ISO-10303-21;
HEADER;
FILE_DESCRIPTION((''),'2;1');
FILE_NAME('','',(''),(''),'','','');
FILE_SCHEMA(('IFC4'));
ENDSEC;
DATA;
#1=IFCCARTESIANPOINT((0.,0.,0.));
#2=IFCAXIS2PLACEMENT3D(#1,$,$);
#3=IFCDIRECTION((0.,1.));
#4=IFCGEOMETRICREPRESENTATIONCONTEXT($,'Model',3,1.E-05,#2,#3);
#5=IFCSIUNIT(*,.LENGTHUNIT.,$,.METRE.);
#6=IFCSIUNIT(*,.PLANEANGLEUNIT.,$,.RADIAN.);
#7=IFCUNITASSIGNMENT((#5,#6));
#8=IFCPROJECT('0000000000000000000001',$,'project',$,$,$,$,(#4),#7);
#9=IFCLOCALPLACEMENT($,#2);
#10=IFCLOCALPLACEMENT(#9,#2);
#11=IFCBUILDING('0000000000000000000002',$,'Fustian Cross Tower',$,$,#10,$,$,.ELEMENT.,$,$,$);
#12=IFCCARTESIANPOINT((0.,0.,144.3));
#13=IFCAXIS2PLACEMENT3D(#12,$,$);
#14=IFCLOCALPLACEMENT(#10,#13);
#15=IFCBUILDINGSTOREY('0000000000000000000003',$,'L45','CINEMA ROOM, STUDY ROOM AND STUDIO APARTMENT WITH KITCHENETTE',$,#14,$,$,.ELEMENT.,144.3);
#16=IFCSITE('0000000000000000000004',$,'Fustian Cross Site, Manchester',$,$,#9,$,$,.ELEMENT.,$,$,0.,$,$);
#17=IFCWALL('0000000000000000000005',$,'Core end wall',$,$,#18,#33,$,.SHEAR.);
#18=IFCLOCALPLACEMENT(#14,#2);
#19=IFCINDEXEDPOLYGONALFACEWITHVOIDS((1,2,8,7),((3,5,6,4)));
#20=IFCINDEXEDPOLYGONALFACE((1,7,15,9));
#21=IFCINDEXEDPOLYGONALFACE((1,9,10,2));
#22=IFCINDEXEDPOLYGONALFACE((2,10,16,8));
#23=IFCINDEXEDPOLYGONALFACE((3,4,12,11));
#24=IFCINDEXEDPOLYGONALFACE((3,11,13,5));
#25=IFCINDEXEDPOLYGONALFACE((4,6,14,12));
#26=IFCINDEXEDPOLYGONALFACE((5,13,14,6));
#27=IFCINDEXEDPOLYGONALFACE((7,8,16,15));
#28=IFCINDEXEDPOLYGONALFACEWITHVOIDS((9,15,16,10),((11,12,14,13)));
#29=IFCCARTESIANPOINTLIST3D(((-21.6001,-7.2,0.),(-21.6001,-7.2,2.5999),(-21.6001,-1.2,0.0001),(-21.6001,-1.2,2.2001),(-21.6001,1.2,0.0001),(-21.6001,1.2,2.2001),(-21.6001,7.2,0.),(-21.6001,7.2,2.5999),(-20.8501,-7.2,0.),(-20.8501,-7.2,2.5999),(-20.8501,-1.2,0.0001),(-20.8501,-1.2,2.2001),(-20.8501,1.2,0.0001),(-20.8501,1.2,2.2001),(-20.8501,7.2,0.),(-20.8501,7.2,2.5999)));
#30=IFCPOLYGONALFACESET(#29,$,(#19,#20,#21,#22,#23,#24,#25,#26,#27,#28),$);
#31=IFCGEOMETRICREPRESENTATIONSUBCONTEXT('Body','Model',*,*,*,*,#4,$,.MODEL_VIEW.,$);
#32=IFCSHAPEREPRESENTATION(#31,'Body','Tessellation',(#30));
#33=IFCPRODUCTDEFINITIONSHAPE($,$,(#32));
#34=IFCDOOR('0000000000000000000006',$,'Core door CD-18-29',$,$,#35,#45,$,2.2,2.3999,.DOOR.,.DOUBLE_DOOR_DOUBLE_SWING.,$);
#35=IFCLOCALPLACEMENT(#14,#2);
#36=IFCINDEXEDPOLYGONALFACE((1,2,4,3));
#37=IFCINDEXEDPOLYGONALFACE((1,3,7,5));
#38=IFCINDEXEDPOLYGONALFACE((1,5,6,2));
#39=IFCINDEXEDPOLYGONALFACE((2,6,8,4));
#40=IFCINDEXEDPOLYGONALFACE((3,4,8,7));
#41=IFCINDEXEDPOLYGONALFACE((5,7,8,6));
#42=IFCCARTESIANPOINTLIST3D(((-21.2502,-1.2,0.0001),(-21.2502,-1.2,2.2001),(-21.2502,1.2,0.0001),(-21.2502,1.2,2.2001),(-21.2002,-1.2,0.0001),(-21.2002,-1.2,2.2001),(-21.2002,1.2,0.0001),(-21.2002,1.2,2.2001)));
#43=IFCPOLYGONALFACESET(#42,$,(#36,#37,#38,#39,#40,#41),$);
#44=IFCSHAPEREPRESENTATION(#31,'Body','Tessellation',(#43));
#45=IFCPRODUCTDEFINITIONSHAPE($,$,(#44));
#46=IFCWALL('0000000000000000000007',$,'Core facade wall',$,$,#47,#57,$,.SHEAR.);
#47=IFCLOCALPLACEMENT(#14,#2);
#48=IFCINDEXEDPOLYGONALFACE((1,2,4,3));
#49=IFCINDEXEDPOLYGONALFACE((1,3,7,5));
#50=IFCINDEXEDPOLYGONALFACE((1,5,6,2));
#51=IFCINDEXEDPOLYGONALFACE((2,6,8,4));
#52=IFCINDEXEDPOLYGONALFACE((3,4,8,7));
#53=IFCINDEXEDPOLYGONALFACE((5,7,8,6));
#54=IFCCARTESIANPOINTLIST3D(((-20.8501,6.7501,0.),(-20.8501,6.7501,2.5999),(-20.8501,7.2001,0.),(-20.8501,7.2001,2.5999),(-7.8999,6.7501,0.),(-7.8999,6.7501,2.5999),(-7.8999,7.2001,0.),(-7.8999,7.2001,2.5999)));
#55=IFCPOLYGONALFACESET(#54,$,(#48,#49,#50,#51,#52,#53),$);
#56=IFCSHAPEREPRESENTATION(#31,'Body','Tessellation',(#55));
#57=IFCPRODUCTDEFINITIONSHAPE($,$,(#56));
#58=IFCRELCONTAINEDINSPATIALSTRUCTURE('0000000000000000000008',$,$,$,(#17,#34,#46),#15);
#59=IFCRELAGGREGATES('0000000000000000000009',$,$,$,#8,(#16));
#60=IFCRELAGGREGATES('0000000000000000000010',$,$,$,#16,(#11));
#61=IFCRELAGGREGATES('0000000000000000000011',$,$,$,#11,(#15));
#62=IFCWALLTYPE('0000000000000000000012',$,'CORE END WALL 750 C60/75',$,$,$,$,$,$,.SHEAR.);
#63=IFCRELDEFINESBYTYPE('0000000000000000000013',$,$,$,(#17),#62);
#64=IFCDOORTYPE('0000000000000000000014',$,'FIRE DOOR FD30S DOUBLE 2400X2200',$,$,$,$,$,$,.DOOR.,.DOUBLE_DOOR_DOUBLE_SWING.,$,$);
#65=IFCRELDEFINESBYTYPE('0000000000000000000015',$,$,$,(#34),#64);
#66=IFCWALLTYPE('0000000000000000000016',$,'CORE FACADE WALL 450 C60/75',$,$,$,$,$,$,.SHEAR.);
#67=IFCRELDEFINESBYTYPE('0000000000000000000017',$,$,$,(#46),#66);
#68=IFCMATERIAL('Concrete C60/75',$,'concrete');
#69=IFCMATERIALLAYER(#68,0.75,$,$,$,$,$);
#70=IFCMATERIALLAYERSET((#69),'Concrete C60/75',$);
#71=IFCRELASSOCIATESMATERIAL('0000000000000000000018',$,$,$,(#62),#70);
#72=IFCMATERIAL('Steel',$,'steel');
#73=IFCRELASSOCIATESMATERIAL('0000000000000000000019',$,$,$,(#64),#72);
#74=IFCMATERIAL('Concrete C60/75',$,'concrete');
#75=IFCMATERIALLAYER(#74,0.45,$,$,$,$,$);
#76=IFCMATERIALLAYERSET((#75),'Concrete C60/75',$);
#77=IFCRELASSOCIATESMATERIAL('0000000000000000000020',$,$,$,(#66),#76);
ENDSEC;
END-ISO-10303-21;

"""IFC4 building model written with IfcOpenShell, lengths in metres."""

from ifc_helpers import new_model, si_unit, direction, frame, frame_2d, origin, place, context, subcontext, project, spatial, rectangle, extrude, material, layer, layer_set, type_object, element, fill, save


model = new_model("IFC4")

# Units and contexts
model_context = context("Model", 3, precision=1e-05, world=origin(), true_north=direction((0.0, 1.0)))
body_context = subcontext(model_context, "Body", "Model", "MODEL_VIEW")
ifc_project = project(units=[si_unit("LENGTHUNIT", "METRE"), si_unit("PLANEANGLEUNIT", "RADIAN")], contexts=[model_context])

# Site, building, storey
site_placement = place(None, origin())
site = spatial("IfcSite", under=ifc_project, at=site_placement, Name="Fustian Cross Site, Manchester", CompositionType="ELEMENT", RefElevation=0.0)
building_placement = place(site_placement, origin())
building = spatial("IfcBuilding", under=site, at=building_placement, Name="Fustian Cross Tower", CompositionType="ELEMENT")
storey_placement = place(building_placement, frame((0.0, 0.0, 144.3)))
storey = spatial("IfcBuildingStorey", under=building, at=storey_placement, Name="L45", Description="CINEMA ROOM, STUDY ROOM AND STUDIO APARTMENT WITH KITCHENETTE", CompositionType="ELEMENT", Elevation=144.3)

# Wall, opening, door
ifc_material_1 = material(Name="Concrete C60/75", Category="concrete")
ifc_layer_1 = layer(ifc_material_1, 0.75)
ifc_layer_set_1 = layer_set([ifc_layer_1], Name="Concrete C60/75")
wall_type_1 = type_object("IfcWallType", Name="CORE END WALL 750 C60/75", PredefinedType="SHEAR", material=ifc_layer_set_1)
wall_1_placement = place(storey_placement, frame((-21.2251, -7.2, 0.0), z_axis=(0.0, 0.0, 1.0), x_axis=(0.0, 1.0, 0.0)))
wall_1 = element("IfcWall", 1, at=wall_1_placement, inside=storey, type_object=wall_type_1, Name="Core end wall", PredefinedType="SHEAR", context=body_context, shape_type="SweptSolid", body=[
    extrude(rectangle(XDim=14.3999, YDim=0.75, at=frame_2d((7.2, 0.0))), origin(), (0.0, 0.0, 1.0), 2.5999),
])
opening_1_placement = place(wall_1_placement, frame((6.0, 0.0, 0.0)))
opening_1 = element("IfcOpeningElement", 2, at=opening_1_placement, cuts=wall_1, PredefinedType="OPENING", context=body_context, shape_type="SweptSolid", body=[
    extrude(rectangle(XDim=2.3999, YDim=2.2, at=frame_2d((1.2, 1.1001))), frame((0.0, 0.385, 0.0), z_axis=(0.0, -1.0, 0.0), x_axis=(1.0, 0.0, 0.0)), (0.0, 0.0, 1.0), 0.77),
])
ifc_material_2 = material(Name="Steel", Category="steel")
door_type_1 = type_object("IfcDoorType", Name="FIRE DOOR FD30S DOUBLE 2400X2200", OperationType="DOUBLE_DOOR_DOUBLE_SWING", PredefinedType="DOOR", material=ifc_material_2)
door_1_placement = place(opening_1_placement, frame((2.3999, 0.0, 0.0), z_axis=(0.0, 0.0, 1.0), x_axis=(-1.0, 0.0, 0.0)))
door_1 = element("IfcDoor", 3, at=door_1_placement, inside=storey, type_object=door_type_1, Name="Core door CD-18-29", OperationType="DOUBLE_DOOR_DOUBLE_SWING", OverallHeight=2.2, OverallWidth=2.3999, PredefinedType="DOOR", context=body_context, shape_type="SweptSolid", body=[
    extrude(rectangle(XDim=2.3999, YDim=2.2, at=frame_2d((1.2, 1.1001))), frame((0.0, 0.0249, 0.0), z_axis=(0.0, -1.0, 0.0), x_axis=(1.0, 0.0, 0.0)), (0.0, 0.0, 1.0), 0.05),
])
fill(opening_1, door_1)

# Wall
ifc_material_3 = material(Name="Concrete C60/75", Category="concrete")
ifc_layer_2 = layer(ifc_material_3, 0.45)
ifc_layer_set_2 = layer_set([ifc_layer_2], Name="Concrete C60/75")
wall_type_2 = type_object("IfcWallType", Name="CORE FACADE WALL 450 C60/75", PredefinedType="SHEAR", material=ifc_layer_set_2)
wall_2_placement = place(storey_placement, frame((-7.8999, 6.9751, 0.0), z_axis=(0.0, 0.0, 1.0), x_axis=(-1.0, 0.0, 0.0)))
element("IfcWall", 4, at=wall_2_placement, inside=storey, type_object=wall_type_2, Name="Core facade wall", PredefinedType="SHEAR", context=body_context, shape_type="SweptSolid", body=[
    extrude(rectangle(XDim=12.9502, YDim=0.45, at=frame_2d((6.4751, 0.0))), origin(), (0.0, 0.0, 1.0), 2.5999),
])

save(model, "model.ifc")
